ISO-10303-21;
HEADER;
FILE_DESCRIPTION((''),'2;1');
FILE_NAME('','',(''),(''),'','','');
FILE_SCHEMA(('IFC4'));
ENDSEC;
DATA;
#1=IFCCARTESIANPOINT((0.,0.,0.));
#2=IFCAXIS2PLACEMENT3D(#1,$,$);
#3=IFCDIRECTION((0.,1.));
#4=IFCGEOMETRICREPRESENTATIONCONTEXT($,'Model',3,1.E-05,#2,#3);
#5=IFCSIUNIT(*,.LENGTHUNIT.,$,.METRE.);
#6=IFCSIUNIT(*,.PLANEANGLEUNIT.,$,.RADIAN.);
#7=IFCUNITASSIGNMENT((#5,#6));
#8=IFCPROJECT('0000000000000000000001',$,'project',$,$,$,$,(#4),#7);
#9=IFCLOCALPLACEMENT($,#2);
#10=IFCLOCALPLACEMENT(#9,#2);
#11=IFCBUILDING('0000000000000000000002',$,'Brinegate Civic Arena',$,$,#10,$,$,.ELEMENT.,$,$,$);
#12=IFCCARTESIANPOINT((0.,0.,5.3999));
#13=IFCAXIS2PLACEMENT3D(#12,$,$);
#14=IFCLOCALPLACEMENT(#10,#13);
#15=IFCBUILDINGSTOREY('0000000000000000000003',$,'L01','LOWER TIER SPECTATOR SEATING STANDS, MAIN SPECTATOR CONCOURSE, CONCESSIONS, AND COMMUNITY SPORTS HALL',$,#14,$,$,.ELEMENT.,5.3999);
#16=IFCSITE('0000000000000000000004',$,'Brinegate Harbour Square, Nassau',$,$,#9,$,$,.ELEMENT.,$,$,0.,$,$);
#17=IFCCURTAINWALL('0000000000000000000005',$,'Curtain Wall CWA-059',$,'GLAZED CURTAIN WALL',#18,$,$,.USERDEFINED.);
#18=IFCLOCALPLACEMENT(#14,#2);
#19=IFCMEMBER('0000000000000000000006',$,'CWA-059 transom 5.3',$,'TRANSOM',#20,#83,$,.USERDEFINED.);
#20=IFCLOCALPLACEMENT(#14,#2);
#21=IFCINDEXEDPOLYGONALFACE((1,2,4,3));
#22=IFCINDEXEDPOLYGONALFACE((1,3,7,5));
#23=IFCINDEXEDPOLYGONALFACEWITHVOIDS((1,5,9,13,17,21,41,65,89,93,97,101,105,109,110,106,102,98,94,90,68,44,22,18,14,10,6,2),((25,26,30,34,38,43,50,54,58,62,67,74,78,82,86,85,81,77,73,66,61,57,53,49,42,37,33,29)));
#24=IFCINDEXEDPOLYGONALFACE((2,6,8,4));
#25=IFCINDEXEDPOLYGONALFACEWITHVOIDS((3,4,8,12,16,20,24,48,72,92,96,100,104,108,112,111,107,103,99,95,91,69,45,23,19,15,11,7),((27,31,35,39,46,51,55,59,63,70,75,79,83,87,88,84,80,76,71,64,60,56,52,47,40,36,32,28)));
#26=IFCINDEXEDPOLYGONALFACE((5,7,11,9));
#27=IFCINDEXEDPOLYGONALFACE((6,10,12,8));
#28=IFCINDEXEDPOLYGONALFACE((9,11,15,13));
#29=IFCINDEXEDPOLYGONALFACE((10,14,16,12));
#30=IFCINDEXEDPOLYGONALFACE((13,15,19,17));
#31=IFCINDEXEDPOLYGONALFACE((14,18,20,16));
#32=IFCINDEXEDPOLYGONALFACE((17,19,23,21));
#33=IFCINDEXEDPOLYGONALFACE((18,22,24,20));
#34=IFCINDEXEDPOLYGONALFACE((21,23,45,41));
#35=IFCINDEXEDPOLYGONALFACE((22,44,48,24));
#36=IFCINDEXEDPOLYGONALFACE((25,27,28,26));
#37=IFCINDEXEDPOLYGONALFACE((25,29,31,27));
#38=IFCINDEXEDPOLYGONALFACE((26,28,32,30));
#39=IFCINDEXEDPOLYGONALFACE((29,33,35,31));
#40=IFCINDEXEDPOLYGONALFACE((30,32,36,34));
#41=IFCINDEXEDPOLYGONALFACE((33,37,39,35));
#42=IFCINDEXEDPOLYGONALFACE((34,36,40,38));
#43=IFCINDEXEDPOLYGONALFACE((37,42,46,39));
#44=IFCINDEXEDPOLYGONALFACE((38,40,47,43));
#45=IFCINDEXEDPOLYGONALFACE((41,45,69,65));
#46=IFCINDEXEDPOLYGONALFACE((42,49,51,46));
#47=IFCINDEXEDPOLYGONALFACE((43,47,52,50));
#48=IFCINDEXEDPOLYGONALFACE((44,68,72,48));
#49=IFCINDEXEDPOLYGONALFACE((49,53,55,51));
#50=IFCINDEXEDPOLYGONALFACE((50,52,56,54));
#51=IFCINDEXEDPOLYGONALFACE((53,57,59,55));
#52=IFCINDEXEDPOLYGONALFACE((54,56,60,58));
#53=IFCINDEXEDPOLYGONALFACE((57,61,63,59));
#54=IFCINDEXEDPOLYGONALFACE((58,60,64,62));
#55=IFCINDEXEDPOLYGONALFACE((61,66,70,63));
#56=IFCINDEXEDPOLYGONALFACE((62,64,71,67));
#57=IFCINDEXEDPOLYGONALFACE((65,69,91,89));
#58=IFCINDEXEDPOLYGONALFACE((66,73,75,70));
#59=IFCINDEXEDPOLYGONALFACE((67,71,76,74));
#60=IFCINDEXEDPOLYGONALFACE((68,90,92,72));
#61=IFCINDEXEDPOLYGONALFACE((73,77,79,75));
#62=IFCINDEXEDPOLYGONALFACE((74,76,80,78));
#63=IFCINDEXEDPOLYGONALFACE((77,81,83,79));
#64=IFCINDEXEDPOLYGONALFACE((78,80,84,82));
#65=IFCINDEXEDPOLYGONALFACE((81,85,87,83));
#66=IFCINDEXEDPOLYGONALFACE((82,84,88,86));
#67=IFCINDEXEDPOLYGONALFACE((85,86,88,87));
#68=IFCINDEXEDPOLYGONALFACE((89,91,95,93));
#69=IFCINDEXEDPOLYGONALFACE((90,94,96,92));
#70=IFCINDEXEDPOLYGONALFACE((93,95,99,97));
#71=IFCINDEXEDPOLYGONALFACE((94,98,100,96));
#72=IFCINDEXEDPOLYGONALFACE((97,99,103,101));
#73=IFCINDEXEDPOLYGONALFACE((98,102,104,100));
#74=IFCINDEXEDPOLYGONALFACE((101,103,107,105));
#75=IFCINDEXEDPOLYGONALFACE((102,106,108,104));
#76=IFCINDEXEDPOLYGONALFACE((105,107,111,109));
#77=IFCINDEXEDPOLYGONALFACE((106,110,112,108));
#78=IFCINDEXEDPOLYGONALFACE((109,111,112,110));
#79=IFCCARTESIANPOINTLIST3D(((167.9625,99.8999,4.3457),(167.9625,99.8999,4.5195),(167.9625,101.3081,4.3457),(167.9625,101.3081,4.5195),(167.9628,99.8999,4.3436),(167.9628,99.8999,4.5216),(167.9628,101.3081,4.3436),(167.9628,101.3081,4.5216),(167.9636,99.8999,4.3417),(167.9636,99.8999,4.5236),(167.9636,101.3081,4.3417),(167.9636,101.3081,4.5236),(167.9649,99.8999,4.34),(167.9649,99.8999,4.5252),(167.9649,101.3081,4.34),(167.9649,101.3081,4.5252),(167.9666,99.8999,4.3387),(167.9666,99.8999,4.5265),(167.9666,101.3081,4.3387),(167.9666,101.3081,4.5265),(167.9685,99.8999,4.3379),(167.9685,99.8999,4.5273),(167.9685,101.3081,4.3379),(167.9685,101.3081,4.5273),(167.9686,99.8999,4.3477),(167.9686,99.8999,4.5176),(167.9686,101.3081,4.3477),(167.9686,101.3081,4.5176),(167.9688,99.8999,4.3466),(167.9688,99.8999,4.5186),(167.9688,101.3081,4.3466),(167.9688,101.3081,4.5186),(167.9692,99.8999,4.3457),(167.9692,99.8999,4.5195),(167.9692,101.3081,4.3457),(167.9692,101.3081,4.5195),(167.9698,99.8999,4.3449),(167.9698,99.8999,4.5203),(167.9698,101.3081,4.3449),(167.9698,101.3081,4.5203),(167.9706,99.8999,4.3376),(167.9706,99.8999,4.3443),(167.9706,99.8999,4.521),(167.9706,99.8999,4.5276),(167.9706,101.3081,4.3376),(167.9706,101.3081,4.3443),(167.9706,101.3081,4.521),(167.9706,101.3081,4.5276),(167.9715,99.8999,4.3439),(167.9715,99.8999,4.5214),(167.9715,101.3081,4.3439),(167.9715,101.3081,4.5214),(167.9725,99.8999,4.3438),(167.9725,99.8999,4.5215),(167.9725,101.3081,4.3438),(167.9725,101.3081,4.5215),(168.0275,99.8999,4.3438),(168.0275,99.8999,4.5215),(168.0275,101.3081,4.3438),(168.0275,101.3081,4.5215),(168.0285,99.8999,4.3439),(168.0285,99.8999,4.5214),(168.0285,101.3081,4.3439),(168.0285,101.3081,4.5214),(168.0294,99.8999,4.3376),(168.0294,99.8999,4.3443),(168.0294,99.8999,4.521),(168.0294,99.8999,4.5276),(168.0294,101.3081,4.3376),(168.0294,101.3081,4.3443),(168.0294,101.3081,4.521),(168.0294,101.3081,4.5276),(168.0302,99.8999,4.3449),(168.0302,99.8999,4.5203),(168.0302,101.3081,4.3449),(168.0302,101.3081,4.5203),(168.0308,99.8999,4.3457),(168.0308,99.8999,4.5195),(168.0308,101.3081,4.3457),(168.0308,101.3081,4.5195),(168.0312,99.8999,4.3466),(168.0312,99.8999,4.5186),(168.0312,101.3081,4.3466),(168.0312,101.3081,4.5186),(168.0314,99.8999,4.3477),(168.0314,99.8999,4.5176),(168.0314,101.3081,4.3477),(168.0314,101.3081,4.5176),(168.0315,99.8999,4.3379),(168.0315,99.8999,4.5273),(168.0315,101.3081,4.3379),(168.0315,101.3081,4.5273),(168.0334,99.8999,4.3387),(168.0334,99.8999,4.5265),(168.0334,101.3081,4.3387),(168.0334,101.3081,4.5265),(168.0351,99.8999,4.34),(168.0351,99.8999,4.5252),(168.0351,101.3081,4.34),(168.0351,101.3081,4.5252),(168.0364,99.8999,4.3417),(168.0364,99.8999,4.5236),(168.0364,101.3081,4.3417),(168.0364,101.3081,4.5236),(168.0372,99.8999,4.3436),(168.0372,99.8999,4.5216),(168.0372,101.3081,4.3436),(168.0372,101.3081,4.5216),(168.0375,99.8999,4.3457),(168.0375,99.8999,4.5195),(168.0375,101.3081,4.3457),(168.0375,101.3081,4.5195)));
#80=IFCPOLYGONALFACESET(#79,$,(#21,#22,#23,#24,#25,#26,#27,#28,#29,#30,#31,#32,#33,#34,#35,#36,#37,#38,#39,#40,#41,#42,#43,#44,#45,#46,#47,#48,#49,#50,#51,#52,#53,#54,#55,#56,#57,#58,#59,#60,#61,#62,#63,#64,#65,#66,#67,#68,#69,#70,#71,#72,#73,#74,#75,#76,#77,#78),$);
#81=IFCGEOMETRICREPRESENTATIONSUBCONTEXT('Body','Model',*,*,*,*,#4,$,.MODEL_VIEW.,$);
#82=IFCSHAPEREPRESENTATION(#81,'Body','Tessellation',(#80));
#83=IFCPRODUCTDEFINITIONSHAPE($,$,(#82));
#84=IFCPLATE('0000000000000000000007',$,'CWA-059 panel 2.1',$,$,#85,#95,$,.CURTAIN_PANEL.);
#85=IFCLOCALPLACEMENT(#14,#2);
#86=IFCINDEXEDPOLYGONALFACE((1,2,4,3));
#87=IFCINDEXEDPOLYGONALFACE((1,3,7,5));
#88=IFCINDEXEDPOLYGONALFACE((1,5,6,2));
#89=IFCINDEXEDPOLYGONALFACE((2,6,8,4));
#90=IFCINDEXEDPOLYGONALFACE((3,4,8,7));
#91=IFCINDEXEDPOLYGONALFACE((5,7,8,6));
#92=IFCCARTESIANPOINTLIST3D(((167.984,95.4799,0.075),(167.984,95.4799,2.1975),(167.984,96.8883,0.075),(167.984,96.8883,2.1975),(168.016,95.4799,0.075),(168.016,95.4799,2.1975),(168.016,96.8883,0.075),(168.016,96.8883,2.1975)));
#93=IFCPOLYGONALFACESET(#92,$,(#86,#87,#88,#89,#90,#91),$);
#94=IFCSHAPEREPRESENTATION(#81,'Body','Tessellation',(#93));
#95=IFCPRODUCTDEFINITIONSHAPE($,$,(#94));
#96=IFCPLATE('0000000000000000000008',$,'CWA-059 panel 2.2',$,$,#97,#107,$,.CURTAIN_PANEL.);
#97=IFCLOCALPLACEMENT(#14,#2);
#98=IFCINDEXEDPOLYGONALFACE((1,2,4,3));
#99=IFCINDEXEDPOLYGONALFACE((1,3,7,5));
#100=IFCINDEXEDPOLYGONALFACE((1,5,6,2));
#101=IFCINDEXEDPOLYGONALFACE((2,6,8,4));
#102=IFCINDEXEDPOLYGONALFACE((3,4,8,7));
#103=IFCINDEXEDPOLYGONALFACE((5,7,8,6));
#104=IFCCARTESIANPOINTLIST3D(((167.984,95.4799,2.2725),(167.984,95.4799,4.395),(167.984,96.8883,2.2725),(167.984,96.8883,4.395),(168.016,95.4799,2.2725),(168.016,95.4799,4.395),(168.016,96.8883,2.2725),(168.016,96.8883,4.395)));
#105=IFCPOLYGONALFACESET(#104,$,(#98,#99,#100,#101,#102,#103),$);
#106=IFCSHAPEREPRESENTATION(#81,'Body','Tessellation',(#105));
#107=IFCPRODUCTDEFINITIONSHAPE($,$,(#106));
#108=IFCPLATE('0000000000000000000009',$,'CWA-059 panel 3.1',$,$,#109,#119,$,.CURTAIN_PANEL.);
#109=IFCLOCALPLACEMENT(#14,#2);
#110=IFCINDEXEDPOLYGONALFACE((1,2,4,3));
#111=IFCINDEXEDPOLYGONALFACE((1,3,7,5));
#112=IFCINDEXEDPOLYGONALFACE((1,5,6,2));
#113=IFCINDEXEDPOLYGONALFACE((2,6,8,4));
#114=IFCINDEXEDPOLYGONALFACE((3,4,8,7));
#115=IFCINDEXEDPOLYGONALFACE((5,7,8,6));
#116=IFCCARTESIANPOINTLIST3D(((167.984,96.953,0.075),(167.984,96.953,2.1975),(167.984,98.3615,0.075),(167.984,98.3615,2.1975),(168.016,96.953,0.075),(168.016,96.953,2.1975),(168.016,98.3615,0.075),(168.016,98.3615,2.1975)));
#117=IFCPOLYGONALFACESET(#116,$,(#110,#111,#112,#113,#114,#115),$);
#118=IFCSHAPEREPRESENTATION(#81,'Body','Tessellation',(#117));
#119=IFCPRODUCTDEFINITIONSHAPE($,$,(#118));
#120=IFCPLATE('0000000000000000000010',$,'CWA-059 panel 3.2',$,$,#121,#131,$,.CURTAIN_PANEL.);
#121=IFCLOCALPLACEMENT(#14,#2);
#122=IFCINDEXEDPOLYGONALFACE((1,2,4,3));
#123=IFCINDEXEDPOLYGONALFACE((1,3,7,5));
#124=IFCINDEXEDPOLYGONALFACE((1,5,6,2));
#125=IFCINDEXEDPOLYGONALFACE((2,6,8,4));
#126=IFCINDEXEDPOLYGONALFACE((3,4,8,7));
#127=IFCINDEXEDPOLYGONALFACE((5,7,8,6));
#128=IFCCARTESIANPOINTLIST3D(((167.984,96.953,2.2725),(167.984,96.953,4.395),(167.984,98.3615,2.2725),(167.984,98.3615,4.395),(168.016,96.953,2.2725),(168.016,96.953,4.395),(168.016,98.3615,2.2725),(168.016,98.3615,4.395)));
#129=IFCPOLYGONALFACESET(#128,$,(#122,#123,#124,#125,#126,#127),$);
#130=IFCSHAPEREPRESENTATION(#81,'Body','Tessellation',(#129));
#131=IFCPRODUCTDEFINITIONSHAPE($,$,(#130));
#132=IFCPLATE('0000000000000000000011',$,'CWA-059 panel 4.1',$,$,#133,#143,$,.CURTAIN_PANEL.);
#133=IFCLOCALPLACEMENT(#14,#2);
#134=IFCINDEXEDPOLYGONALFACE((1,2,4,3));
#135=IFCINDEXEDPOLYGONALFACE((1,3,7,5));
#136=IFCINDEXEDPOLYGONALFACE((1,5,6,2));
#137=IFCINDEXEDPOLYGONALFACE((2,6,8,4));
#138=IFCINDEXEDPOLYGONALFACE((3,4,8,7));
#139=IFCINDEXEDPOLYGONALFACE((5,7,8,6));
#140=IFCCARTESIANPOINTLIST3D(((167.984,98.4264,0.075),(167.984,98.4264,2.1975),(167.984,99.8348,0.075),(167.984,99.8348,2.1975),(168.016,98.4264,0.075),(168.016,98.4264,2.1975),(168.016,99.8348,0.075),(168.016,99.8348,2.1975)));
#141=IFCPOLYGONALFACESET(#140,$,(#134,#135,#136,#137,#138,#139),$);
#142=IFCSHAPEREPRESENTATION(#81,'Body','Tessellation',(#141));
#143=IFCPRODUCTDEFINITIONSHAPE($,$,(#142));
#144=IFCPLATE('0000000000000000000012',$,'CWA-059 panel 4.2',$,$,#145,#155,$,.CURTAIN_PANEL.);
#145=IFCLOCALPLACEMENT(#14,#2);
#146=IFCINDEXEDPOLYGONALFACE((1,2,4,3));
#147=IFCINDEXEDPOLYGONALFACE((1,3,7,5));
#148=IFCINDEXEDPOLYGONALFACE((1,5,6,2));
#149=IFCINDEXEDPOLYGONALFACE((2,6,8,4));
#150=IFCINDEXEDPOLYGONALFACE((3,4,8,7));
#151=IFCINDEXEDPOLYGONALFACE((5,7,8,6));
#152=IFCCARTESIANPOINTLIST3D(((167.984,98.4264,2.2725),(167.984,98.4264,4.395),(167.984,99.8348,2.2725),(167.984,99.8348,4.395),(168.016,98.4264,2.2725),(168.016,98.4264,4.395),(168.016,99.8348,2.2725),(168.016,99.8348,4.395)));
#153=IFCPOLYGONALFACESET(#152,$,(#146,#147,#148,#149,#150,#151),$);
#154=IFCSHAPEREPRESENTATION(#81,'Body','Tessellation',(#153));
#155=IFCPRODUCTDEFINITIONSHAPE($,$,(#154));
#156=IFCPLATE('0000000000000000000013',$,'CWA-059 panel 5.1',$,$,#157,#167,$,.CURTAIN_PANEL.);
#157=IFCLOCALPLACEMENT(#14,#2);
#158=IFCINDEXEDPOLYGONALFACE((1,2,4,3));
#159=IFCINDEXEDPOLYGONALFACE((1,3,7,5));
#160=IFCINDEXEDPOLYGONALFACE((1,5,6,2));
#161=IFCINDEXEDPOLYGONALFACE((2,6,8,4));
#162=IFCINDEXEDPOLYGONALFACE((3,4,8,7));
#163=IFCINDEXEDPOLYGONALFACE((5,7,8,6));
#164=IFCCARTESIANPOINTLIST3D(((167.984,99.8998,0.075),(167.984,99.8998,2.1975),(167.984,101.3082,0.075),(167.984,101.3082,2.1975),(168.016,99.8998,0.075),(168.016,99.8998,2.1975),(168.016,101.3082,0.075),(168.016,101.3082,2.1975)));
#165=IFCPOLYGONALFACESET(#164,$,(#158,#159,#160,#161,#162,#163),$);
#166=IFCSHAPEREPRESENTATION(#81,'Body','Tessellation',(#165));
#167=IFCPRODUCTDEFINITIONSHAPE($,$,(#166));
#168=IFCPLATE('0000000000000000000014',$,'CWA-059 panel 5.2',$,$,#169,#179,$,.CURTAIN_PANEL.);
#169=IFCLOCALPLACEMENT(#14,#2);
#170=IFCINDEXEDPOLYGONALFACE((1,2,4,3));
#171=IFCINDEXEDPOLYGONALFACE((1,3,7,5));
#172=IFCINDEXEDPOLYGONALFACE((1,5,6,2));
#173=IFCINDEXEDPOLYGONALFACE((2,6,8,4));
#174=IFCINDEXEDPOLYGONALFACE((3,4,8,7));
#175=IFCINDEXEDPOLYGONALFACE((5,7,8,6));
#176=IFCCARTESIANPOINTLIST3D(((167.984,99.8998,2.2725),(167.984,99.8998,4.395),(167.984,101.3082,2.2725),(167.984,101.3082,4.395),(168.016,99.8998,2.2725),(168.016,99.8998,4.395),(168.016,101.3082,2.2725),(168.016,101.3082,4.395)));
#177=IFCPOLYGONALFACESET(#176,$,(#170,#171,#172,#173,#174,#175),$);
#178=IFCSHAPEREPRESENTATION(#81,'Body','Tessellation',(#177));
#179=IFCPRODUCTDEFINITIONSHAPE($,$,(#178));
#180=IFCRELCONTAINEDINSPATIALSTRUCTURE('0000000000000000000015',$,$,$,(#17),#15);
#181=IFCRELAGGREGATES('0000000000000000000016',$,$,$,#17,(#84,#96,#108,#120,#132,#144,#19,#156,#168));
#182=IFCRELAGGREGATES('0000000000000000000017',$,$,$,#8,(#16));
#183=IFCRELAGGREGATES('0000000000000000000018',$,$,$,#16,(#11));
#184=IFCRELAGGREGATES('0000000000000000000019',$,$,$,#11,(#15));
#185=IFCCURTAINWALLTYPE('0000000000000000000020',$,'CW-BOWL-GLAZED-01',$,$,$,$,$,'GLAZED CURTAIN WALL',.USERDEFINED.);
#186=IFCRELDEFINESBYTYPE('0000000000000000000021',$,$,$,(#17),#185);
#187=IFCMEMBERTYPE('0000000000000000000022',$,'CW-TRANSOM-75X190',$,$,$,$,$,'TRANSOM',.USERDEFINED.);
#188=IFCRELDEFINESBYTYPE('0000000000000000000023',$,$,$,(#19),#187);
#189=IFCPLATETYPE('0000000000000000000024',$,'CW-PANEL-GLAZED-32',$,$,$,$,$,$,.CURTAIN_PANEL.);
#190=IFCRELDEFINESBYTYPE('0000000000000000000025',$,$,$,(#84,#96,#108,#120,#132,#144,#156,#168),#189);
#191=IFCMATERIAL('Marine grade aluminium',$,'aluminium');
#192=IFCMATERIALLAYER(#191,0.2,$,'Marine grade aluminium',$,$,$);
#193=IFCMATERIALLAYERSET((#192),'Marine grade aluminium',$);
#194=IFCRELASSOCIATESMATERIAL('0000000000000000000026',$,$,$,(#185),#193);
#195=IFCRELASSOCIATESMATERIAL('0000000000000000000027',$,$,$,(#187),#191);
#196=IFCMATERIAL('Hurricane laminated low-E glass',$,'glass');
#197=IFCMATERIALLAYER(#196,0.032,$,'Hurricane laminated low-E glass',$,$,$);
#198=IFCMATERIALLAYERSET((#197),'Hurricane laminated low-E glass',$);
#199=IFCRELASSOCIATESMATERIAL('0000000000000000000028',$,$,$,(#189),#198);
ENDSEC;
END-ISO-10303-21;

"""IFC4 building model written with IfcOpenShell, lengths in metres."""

from ifc_helpers import new_model, si_unit, direction, frame, origin, origin_2d, place, context, subcontext, project, spatial, rectangle, hollow_rectangle, extrude, material, layer, layer_set, material_profile, profile_set, type_object, element, aggregate, save


model = new_model("IFC4")

# Units and contexts
model_context = context("Model", 3, precision=1e-05, world=origin(), true_north=direction((0.0, 1.0)))
body_context = subcontext(model_context, "Body", "Model", "MODEL_VIEW")
ifc_project = project(units=[si_unit("LENGTHUNIT", "METRE"), si_unit("PLANEANGLEUNIT", "RADIAN")], contexts=[model_context])

# Site, building, storey
site_placement = place(None, origin())
site = spatial("IfcSite", under=ifc_project, at=site_placement, Name="Brinegate Harbour Square, Nassau", CompositionType="ELEMENT", RefElevation=0.0)
building_placement = place(site_placement, origin())
building = spatial("IfcBuilding", under=site, at=building_placement, Name="Brinegate Civic Arena", CompositionType="ELEMENT")
storey_placement = place(building_placement, frame((0.0, 0.0, 5.3999)))
storey = spatial("IfcBuildingStorey", under=building, at=storey_placement, Name="L01", Description="LOWER TIER SPECTATOR SEATING STANDS, MAIN SPECTATOR CONCOURSE, CONCESSIONS, AND COMMUNITY SPORTS HALL", CompositionType="ELEMENT", Elevation=5.3999)

# Curtain wall, member, plates
ifc_material_1 = material(Name="Marine grade aluminium", Category="aluminium")
ifc_layer_1 = layer(ifc_material_1, 0.2, Name="Marine grade aluminium")
ifc_layer_set_1 = layer_set([ifc_layer_1], Name="Marine grade aluminium")
curtain_wall_type = type_object("IfcCurtainWallType", Name="CW-BOWL-GLAZED-01", ElementType="GLAZED CURTAIN WALL", PredefinedType="USERDEFINED", material=ifc_layer_set_1)
curtain_wall_placement = place(storey_placement, origin())
curtain_wall = element("IfcCurtainWall", 1, at=curtain_wall_placement, inside=storey, type_object=curtain_wall_type, Name="Curtain Wall CWA-059", ObjectType="GLAZED CURTAIN WALL", PredefinedType="USERDEFINED")
ifc_material_profile_1 = material_profile(ifc_material_1, hollow_rectangle(XDim=0.075, YDim=0.1899, WallThickness=0.0061, InnerFilletRadius=0.0039, OuterFilletRadius=0.0081, at=origin_2d()), Name="TRN75X190")
ifc_profile_set_1 = profile_set([ifc_material_profile_1], Name="Marine grade aluminium")
member_type_1 = type_object("IfcMemberType", Name="CW-TRANSOM-75X190", ElementType="TRANSOM", PredefinedType="USERDEFINED", material=ifc_profile_set_1)
member_1_placement = place(storey_placement, frame((168.0, 99.8999, 4.4326), z_axis=(0.0, 1.0, 0.0), x_axis=(-1.0, 0.0, 0.0)))
member_1 = element("IfcMember", 2, at=member_1_placement, type_object=member_type_1, Name="CWA-059 transom 5.3", ObjectType="TRANSOM", PredefinedType="USERDEFINED", context=body_context, shape_type="SweptSolid", body=[
    extrude(hollow_rectangle(XDim=0.075, YDim=0.1899, WallThickness=0.0061, InnerFilletRadius=0.0039, OuterFilletRadius=0.0081, at=origin_2d()), origin(), (0.0, 0.0, 1.0), 1.4082),
])
ifc_material_2 = material(Name="Hurricane laminated low-E glass", Category="glass")
ifc_layer_2 = layer(ifc_material_2, 0.032, Name="Hurricane laminated low-E glass")
ifc_layer_set_2 = layer_set([ifc_layer_2], Name="Hurricane laminated low-E glass")
plate_type = type_object("IfcPlateType", Name="CW-PANEL-GLAZED-32", PredefinedType="CURTAIN_PANEL", material=ifc_layer_set_2)
plate_1_placement = place(storey_placement, frame((168.0, 96.1841, 0.075), z_axis=(0.0, 0.0, 1.0), x_axis=(0.0, 1.0, 0.0)))
plate_1 = element("IfcPlate", 3, at=plate_1_placement, type_object=plate_type, Name="CWA-059 panel 2.1", PredefinedType="CURTAIN_PANEL", context=body_context, shape_type="SweptSolid", body=[
    extrude(rectangle(XDim=1.4084, YDim=0.032, at=origin_2d()), origin(), (0.0, 0.0, 1.0), 2.1226),
])
plate_2_placement = place(storey_placement, frame((168.0, 96.1841, 2.2725), z_axis=(0.0, 0.0, 1.0), x_axis=(0.0, 1.0, 0.0)))
plate_2 = element("IfcPlate", 4, at=plate_2_placement, type_object=plate_type, Name="CWA-059 panel 2.2", PredefinedType="CURTAIN_PANEL", context=body_context, shape_type="SweptSolid", body=[
    extrude(rectangle(XDim=1.4084, YDim=0.032, at=origin_2d()), origin(), (0.0, 0.0, 1.0), 2.1226),
])
plate_3_placement = place(storey_placement, frame((168.0, 97.6572, 0.075), z_axis=(0.0, 0.0, 1.0), x_axis=(0.0, 1.0, 0.0)))
plate_3 = element("IfcPlate", 5, at=plate_3_placement, type_object=plate_type, Name="CWA-059 panel 3.1", PredefinedType="CURTAIN_PANEL", context=body_context, shape_type="SweptSolid", body=[
    extrude(rectangle(XDim=1.4084, YDim=0.032, at=origin_2d()), origin(), (0.0, 0.0, 1.0), 2.1226),
])
plate_4_placement = place(storey_placement, frame((168.0, 97.6572, 2.2725), z_axis=(0.0, 0.0, 1.0), x_axis=(0.0, 1.0, 0.0)))
plate_4 = element("IfcPlate", 6, at=plate_4_placement, type_object=plate_type, Name="CWA-059 panel 3.2", PredefinedType="CURTAIN_PANEL", context=body_context, shape_type="SweptSolid", body=[
    extrude(rectangle(XDim=1.4084, YDim=0.032, at=origin_2d()), origin(), (0.0, 0.0, 1.0), 2.1226),
])
plate_5_placement = place(storey_placement, frame((168.0, 99.1306, 0.075), z_axis=(0.0, 0.0, 1.0), x_axis=(0.0, 1.0, 0.0)))
plate_5 = element("IfcPlate", 7, at=plate_5_placement, type_object=plate_type, Name="CWA-059 panel 4.1", PredefinedType="CURTAIN_PANEL", context=body_context, shape_type="SweptSolid", body=[
    extrude(rectangle(XDim=1.4084, YDim=0.032, at=origin_2d()), origin(), (0.0, 0.0, 1.0), 2.1226),
])
plate_6_placement = place(storey_placement, frame((168.0, 99.1306, 2.2725), z_axis=(0.0, 0.0, 1.0), x_axis=(0.0, 1.0, 0.0)))
plate_6 = element("IfcPlate", 8, at=plate_6_placement, type_object=plate_type, Name="CWA-059 panel 4.2", PredefinedType="CURTAIN_PANEL", context=body_context, shape_type="SweptSolid", body=[
    extrude(rectangle(XDim=1.4084, YDim=0.032, at=origin_2d()), origin(), (0.0, 0.0, 1.0), 2.1226),
])
plate_7_placement = place(storey_placement, frame((168.0, 100.604, 0.075), z_axis=(0.0, 0.0, 1.0), x_axis=(0.0, 1.0, 0.0)))
plate_7 = element("IfcPlate", 9, at=plate_7_placement, type_object=plate_type, Name="CWA-059 panel 5.1", PredefinedType="CURTAIN_PANEL", context=body_context, shape_type="SweptSolid", body=[
    extrude(rectangle(XDim=1.4084, YDim=0.032, at=origin_2d()), origin(), (0.0, 0.0, 1.0), 2.1226),
])
plate_8_placement = place(storey_placement, frame((168.0, 100.604, 2.2725), z_axis=(0.0, 0.0, 1.0), x_axis=(0.0, 1.0, 0.0)))
plate_8 = element("IfcPlate", 10, at=plate_8_placement, type_object=plate_type, Name="CWA-059 panel 5.2", PredefinedType="CURTAIN_PANEL", context=body_context, shape_type="SweptSolid", body=[
    extrude(rectangle(XDim=1.4084, YDim=0.032, at=origin_2d()), origin(), (0.0, 0.0, 1.0), 2.1226),
])
aggregate(curtain_wall, [plate_1, plate_2, plate_3, plate_4, plate_5, plate_6, member_1, plate_7, plate_8])

save(model, "model.ifc")
